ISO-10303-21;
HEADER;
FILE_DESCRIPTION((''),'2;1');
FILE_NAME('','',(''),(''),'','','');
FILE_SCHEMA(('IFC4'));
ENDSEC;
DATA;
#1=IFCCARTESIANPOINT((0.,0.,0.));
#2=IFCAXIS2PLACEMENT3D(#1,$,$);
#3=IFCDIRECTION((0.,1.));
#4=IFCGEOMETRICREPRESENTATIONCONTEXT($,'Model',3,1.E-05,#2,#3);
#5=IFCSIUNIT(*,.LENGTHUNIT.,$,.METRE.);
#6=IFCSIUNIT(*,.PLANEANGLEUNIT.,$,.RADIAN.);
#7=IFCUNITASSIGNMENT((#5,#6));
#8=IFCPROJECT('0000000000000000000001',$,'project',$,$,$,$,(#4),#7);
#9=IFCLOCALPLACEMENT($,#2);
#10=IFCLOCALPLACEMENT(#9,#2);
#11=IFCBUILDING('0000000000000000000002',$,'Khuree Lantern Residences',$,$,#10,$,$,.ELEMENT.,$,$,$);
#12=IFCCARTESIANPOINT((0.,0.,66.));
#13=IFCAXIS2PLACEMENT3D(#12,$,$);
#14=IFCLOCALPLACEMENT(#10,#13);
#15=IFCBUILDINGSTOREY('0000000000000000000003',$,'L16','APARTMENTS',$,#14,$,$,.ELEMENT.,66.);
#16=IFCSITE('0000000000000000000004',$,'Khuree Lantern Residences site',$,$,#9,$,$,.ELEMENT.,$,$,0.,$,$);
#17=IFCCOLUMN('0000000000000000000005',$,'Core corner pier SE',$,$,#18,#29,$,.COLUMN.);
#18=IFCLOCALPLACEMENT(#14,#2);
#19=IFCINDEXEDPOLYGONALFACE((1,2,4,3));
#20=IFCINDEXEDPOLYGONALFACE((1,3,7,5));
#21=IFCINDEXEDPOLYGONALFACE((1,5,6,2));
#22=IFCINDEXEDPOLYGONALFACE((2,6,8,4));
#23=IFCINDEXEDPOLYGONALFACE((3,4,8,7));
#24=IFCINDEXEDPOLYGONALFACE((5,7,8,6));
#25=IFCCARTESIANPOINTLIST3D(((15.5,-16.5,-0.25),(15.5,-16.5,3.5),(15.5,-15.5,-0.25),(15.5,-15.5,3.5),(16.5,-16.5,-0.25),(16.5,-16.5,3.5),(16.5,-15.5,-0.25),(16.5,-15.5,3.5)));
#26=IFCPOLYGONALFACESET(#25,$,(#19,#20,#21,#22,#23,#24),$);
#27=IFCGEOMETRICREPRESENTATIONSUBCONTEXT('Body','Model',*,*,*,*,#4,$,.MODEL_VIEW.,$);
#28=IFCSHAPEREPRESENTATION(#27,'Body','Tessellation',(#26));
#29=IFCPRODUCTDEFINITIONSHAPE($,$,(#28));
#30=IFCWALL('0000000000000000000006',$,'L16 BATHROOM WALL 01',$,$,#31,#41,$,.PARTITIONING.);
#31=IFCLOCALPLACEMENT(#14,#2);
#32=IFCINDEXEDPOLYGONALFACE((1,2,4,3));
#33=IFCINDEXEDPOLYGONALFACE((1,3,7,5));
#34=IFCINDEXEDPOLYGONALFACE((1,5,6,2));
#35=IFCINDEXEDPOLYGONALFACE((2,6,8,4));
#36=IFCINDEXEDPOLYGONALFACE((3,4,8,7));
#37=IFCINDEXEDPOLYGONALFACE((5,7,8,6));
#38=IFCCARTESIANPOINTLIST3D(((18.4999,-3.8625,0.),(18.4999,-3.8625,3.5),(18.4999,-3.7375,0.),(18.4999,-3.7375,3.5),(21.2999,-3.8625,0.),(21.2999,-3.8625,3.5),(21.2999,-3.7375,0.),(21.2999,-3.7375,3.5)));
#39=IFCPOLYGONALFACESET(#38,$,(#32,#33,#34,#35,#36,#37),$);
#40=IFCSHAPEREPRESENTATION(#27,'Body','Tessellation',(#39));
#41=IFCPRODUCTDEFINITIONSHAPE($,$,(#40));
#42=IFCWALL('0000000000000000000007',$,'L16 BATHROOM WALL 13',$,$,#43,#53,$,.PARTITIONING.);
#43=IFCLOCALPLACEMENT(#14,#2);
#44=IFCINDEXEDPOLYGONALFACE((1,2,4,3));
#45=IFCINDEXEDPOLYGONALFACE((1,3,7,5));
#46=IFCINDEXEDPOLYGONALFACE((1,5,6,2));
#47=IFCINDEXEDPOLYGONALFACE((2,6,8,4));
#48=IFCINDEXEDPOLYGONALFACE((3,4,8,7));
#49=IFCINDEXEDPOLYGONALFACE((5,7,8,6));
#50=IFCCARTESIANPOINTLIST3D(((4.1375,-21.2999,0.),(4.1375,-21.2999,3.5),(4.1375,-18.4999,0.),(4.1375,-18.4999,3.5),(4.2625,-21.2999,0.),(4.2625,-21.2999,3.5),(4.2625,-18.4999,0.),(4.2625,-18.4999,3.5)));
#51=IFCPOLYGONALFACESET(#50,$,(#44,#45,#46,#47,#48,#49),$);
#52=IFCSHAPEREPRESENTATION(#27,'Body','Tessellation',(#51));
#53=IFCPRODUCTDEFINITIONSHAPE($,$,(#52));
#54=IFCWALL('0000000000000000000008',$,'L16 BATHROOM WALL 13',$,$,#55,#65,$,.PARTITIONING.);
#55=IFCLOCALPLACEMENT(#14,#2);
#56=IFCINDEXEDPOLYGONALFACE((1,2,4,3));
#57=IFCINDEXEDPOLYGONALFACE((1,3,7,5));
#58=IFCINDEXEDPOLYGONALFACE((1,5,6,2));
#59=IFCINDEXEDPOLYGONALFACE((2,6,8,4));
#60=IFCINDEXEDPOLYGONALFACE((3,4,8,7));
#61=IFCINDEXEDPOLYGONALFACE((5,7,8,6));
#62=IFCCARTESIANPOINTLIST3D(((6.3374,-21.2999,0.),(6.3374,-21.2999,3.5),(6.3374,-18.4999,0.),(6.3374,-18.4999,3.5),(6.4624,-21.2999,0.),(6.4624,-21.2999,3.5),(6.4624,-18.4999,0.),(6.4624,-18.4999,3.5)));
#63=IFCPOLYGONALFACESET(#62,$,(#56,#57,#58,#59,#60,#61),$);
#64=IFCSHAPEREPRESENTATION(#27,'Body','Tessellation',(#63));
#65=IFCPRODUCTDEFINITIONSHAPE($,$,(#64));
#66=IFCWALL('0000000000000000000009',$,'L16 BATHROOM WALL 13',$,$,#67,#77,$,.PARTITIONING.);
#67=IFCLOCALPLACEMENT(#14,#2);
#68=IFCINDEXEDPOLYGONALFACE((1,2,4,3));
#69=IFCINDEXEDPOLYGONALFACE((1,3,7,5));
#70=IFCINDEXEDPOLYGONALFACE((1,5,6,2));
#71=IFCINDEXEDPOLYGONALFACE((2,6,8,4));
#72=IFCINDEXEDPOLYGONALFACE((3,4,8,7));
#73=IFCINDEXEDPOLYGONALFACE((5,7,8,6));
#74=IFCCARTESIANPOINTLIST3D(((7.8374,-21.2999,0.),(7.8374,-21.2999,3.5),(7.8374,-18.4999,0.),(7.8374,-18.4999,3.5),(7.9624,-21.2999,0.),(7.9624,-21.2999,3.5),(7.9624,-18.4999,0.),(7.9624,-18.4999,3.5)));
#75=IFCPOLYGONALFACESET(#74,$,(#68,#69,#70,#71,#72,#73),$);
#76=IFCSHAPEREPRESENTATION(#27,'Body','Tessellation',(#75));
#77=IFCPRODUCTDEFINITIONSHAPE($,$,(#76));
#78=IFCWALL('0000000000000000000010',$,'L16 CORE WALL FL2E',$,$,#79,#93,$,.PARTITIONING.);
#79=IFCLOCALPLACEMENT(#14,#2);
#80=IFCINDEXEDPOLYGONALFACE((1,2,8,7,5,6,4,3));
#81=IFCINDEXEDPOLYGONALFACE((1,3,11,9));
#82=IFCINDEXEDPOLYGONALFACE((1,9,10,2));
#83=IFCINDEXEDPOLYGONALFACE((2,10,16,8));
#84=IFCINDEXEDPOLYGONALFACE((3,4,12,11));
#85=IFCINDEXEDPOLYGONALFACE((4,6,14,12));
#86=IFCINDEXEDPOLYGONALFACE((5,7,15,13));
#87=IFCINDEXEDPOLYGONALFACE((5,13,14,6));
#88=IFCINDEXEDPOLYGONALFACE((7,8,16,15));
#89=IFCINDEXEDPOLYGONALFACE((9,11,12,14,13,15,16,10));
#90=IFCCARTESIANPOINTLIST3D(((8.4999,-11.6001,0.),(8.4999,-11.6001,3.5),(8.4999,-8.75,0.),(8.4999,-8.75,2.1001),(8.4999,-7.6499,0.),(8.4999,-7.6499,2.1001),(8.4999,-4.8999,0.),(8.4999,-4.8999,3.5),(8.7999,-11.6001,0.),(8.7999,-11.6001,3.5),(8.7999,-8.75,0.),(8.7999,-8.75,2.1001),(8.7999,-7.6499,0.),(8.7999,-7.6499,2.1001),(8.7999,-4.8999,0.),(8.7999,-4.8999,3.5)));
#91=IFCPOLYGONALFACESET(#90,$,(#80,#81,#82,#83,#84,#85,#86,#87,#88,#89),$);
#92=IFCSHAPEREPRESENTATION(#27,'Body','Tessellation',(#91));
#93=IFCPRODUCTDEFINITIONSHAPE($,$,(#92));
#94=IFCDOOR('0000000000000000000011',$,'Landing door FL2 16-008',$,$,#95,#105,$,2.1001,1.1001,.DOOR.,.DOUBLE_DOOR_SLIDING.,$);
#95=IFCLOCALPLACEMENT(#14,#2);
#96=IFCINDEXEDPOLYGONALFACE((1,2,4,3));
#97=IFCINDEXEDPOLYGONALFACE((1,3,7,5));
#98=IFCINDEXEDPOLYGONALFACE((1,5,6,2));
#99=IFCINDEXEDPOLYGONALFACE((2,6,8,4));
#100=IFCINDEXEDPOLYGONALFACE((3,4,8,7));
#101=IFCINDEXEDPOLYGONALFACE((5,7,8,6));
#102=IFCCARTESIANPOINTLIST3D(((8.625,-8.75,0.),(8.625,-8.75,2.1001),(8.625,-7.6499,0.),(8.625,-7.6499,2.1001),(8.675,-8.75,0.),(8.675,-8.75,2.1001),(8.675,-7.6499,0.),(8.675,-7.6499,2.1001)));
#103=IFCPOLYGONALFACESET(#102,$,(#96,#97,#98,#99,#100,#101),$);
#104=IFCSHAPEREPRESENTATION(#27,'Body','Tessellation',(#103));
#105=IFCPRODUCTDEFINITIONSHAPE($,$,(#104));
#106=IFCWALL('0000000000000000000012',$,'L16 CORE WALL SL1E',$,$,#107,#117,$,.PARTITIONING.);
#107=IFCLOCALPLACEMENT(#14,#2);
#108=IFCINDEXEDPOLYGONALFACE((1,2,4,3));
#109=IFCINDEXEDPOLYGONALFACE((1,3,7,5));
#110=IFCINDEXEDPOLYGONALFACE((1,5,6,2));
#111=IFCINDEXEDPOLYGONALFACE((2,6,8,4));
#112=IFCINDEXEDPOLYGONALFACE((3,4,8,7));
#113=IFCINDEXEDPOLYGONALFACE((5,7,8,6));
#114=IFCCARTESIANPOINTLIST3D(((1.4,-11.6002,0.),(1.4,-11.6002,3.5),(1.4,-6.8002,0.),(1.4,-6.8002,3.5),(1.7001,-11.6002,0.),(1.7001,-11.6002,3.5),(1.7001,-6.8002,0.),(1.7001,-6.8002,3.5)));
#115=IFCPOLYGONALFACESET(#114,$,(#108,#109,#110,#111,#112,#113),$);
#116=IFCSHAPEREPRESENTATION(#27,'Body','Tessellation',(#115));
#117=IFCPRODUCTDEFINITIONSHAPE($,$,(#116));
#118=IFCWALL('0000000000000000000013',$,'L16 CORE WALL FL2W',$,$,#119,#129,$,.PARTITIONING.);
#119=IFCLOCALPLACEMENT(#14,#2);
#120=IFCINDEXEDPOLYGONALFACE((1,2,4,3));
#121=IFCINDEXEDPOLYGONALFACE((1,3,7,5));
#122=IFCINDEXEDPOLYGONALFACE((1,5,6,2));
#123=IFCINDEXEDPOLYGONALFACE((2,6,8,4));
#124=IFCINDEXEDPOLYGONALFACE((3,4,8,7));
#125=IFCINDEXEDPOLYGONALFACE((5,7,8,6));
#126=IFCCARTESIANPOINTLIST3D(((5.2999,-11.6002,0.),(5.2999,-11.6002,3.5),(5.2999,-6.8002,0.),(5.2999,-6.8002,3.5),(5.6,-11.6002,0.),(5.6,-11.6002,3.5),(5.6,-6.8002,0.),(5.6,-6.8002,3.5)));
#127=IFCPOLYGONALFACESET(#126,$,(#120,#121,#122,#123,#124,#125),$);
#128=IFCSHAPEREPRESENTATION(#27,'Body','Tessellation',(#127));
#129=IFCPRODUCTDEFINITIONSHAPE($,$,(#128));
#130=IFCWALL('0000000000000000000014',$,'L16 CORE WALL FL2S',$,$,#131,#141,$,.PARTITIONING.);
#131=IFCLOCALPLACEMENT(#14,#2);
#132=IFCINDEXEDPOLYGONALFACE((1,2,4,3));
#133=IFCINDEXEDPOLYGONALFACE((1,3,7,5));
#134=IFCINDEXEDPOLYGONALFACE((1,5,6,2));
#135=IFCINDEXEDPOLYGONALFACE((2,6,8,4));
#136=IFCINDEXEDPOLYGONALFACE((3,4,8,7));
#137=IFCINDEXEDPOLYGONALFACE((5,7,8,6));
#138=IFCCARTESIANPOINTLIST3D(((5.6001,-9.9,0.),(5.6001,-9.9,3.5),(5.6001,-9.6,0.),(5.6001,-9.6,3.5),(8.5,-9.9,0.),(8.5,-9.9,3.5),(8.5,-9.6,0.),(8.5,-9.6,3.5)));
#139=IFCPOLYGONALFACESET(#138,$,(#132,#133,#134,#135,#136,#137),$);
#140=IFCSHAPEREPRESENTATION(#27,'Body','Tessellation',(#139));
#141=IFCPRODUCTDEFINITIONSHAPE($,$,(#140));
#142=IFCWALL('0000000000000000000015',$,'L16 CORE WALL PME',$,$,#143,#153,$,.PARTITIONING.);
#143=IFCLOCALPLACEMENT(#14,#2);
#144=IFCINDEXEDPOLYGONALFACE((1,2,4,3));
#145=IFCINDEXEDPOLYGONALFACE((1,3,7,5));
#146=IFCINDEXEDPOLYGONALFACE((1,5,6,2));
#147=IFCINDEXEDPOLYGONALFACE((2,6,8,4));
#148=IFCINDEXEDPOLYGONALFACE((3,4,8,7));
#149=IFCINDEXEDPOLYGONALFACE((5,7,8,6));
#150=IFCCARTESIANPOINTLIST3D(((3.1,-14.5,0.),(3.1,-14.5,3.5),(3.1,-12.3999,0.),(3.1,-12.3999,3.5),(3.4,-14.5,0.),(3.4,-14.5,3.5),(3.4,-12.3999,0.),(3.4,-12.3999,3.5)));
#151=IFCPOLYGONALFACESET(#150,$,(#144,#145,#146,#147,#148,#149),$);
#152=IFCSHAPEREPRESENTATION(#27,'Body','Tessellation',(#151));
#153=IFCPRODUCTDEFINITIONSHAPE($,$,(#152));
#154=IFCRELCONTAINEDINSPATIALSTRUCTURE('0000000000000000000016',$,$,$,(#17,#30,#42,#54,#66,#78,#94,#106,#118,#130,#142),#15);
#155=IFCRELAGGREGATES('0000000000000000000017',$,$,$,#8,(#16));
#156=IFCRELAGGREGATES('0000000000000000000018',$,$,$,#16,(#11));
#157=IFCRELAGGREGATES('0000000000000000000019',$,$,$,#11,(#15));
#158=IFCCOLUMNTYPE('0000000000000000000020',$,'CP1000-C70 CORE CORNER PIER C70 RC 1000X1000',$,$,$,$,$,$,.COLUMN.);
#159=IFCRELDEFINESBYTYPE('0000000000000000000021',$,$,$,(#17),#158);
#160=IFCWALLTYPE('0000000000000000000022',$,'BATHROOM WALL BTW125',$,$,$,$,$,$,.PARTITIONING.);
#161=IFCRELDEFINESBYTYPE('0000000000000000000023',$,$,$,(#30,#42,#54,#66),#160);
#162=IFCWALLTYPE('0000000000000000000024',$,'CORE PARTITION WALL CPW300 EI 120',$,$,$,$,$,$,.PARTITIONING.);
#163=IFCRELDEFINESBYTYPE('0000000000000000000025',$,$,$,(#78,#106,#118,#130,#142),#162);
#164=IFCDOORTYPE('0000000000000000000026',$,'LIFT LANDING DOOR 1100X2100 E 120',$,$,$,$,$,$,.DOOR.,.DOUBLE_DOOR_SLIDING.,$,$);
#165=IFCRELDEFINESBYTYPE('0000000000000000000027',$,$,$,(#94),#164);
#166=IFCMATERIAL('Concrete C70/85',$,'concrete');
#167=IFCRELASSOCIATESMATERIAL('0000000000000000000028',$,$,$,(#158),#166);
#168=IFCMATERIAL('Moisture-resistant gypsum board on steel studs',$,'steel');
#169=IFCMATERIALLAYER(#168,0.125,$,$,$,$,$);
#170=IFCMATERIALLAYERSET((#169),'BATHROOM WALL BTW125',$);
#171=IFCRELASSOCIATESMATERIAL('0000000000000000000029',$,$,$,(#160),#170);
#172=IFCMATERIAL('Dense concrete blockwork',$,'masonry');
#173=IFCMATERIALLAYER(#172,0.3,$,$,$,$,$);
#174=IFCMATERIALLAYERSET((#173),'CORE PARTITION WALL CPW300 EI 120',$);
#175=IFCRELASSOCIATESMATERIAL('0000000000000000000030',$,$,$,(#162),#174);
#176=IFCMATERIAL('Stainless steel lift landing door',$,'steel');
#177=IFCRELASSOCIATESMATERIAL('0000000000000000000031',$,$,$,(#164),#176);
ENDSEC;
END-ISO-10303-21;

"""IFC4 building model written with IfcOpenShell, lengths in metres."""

from ifc_helpers import new_model, si_unit, direction, frame, frame_2d, origin, origin_2d, place, context, subcontext, project, spatial, rectangle, extrude, material, layer, layer_set, material_profile, profile_set, type_object, element, fill, save


model = new_model("IFC4")

# Units and contexts
model_context = context("Model", 3, precision=1e-05, world=origin(), true_north=direction((0.0, 1.0)))
body_context = subcontext(model_context, "Body", "Model", "MODEL_VIEW")
ifc_project = project(units=[si_unit("LENGTHUNIT", "METRE"), si_unit("PLANEANGLEUNIT", "RADIAN")], contexts=[model_context])

# Site, building, storey
site_placement = place(None, origin())
site = spatial("IfcSite", under=ifc_project, at=site_placement, Name="Khuree Lantern Residences site", CompositionType="ELEMENT", RefElevation=0.0)
building_placement = place(site_placement, origin())
building = spatial("IfcBuilding", under=site, at=building_placement, Name="Khuree Lantern Residences", CompositionType="ELEMENT")
storey_placement = place(building_placement, frame((0.0, 0.0, 66.0)))
storey = spatial("IfcBuildingStorey", under=building, at=storey_placement, Name="L16", Description="APARTMENTS", CompositionType="ELEMENT", Elevation=66.0)

# Column
ifc_material_1 = material(Name="Concrete C70/85", Category="concrete")
ifc_material_profile = material_profile(ifc_material_1, rectangle(XDim=1.0, YDim=1.0, at=origin_2d()), Name="RC 1000X1000")
ifc_profile_set = profile_set([ifc_material_profile], Name="Concrete C70/85")
column_type = type_object("IfcColumnType", Name="CP1000-C70 CORE CORNER PIER C70 RC 1000X1000", PredefinedType="COLUMN", material=ifc_profile_set)
column_placement = place(storey_placement, frame((16.0, -16.0, -0.25), z_axis=(0.0, 0.0, 1.0), x_axis=(1.0, 0.0, 0.0)))
element("IfcColumn", 1, at=column_placement, inside=storey, type_object=column_type, Name="Core corner pier SE", PredefinedType="COLUMN", context=body_context, shape_type="SweptSolid", body=[
    extrude(rectangle(XDim=1.0, YDim=1.0, at=origin_2d()), origin(), (0.0, 0.0, 1.0), 3.75),
])

# Walls
ifc_material_2 = material(Name="Moisture-resistant gypsum board on steel studs", Category="steel")
ifc_layer_1 = layer(ifc_material_2, 0.125)
ifc_layer_set_1 = layer_set([ifc_layer_1], Name="BATHROOM WALL BTW125")
wall_type_1 = type_object("IfcWallType", Name="BATHROOM WALL BTW125", PredefinedType="PARTITIONING", material=ifc_layer_set_1)
for number, where, z_axis, x_axis, name in (
    (2, (18.5, -3.8, 0.0), (0.0, 0.0, 1.0), (1.0, 0.0, 0.0), "L16 BATHROOM WALL 01"),
    (3, (4.2, -18.5, 0.0), (0.0, 0.0, 1.0), (0.0, -1.0, 0.0), "L16 BATHROOM WALL 13"),
    (4, (6.3999, -18.5, 0.0), (0.0, 0.0, 1.0), (0.0, -1.0, 0.0), "L16 BATHROOM WALL 13"),
    (5, (7.8999, -18.5, 0.0), (0.0, 0.0, 1.0), (0.0, -1.0, 0.0), "L16 BATHROOM WALL 13"),
):
    element("IfcWall", number, at=place(storey_placement, frame(where, z_axis=z_axis, x_axis=x_axis)), inside=storey, type_object=wall_type_1, Name=name, PredefinedType="PARTITIONING", context=body_context, shape_type="SweptSolid", body=[
        extrude(rectangle(XDim=2.8, YDim=0.125, at=frame_2d((1.3999, 0.0))), origin(), (0.0, 0.0, 1.0), 3.5),
    ])

# Wall, opening, door
ifc_material_3 = material(Name="Dense concrete blockwork", Category="masonry")
ifc_layer_2 = layer(ifc_material_3, 0.3)
ifc_layer_set_2 = layer_set([ifc_layer_2], Name="CORE PARTITION WALL CPW300 EI 120")
wall_type_2 = type_object("IfcWallType", Name="CORE PARTITION WALL CPW300 EI 120", PredefinedType="PARTITIONING", material=ifc_layer_set_2)
wall_1_placement = place(storey_placement, frame((8.6499, -11.6001, 0.0), z_axis=(0.0, 0.0, 1.0), x_axis=(0.0, 1.0, 0.0)))
wall_1 = element("IfcWall", 6, at=wall_1_placement, inside=storey, type_object=wall_type_2, Name="L16 CORE WALL FL2E", PredefinedType="PARTITIONING", context=body_context, shape_type="SweptSolid", body=[
    extrude(rectangle(XDim=6.7002, YDim=0.3, at=frame_2d((3.3501, 0.0))), origin(), (0.0, 0.0, 1.0), 3.5),
])
opening_1_placement = place(wall_1_placement, frame((2.8501, 0.0, 0.0)))
opening_1 = element("IfcOpeningElement", 7, at=opening_1_placement, cuts=wall_1, PredefinedType="OPENING", context=body_context, shape_type="SweptSolid", body=[
    extrude(rectangle(XDim=1.1001, YDim=2.1001, at=frame_2d((0.55, 1.05))), frame((0.0, 0.1602, 0.0), z_axis=(0.0, -1.0, 0.0), x_axis=(1.0, 0.0, 0.0)), (0.0, 0.0, 1.0), 0.3201),
])
ifc_material_4 = material(Name="Stainless steel lift landing door", Category="steel")
door_type_1 = type_object("IfcDoorType", Name="LIFT LANDING DOOR 1100X2100 E 120", OperationType="DOUBLE_DOOR_SLIDING", PredefinedType="DOOR", material=ifc_material_4)
door_1_placement = place(opening_1_placement, origin())
door_1 = element("IfcDoor", 8, at=door_1_placement, inside=storey, type_object=door_type_1, Name="Landing door FL2 16-008", OperationType="DOUBLE_DOOR_SLIDING", OverallHeight=2.1001, OverallWidth=1.1001, PredefinedType="DOOR", context=body_context, shape_type="SweptSolid", body=[
    extrude(rectangle(XDim=1.1001, YDim=2.1001, at=frame_2d((0.55, 1.05))), frame((0.0, 0.0249, 0.0), z_axis=(0.0, -1.0, 0.0), x_axis=(1.0, 0.0, 0.0)), (0.0, 0.0, 1.0), 0.05),
])
fill(opening_1, door_1)

# Walls
for number, where, z_axis, x_axis, name in (
    (9, (1.55, -11.6001, 0.0), (0.0, 0.0, 1.0), (0.0, 1.0, 0.0), "L16 CORE WALL SL1E"),
    (10, (5.45, -11.6001, 0.0), (0.0, 0.0, 1.0), (0.0, 1.0, 0.0), "L16 CORE WALL FL2W"),
):
    element("IfcWall", number, at=place(storey_placement, frame(where, z_axis=z_axis, x_axis=x_axis)), inside=storey, type_object=wall_type_2, Name=name, PredefinedType="PARTITIONING", context=body_context, shape_type="SweptSolid", body=[
        extrude(rectangle(XDim=4.8, YDim=0.3, at=frame_2d((2.3999, 0.0))), origin(), (0.0, 0.0, 1.0), 3.5),
    ])
wall_2_placement = place(storey_placement, frame((5.6001, -9.75, 0.0), z_axis=(0.0, 0.0, 1.0), x_axis=(1.0, 0.0, 0.0)))
element("IfcWall", 11, at=wall_2_placement, inside=storey, type_object=wall_type_2, Name="L16 CORE WALL FL2S", PredefinedType="PARTITIONING", context=body_context, shape_type="SweptSolid", body=[
    extrude(rectangle(XDim=2.8999, YDim=0.3, at=frame_2d((1.45, 0.0))), origin(), (0.0, 0.0, 1.0), 3.5),
])
wall_3_placement = place(storey_placement, frame((3.25, -14.5, 0.0), z_axis=(0.0, 0.0, 1.0), x_axis=(0.0, 1.0, 0.0)))
element("IfcWall", 12, at=wall_3_placement, inside=storey, type_object=wall_type_2, Name="L16 CORE WALL PME", PredefinedType="PARTITIONING", context=body_context, shape_type="SweptSolid", body=[
    extrude(rectangle(XDim=2.1001, YDim=0.3, at=frame_2d((1.05, 0.0))), origin(), (0.0, 0.0, 1.0), 3.5),
])

save(model, "model.ifc")
